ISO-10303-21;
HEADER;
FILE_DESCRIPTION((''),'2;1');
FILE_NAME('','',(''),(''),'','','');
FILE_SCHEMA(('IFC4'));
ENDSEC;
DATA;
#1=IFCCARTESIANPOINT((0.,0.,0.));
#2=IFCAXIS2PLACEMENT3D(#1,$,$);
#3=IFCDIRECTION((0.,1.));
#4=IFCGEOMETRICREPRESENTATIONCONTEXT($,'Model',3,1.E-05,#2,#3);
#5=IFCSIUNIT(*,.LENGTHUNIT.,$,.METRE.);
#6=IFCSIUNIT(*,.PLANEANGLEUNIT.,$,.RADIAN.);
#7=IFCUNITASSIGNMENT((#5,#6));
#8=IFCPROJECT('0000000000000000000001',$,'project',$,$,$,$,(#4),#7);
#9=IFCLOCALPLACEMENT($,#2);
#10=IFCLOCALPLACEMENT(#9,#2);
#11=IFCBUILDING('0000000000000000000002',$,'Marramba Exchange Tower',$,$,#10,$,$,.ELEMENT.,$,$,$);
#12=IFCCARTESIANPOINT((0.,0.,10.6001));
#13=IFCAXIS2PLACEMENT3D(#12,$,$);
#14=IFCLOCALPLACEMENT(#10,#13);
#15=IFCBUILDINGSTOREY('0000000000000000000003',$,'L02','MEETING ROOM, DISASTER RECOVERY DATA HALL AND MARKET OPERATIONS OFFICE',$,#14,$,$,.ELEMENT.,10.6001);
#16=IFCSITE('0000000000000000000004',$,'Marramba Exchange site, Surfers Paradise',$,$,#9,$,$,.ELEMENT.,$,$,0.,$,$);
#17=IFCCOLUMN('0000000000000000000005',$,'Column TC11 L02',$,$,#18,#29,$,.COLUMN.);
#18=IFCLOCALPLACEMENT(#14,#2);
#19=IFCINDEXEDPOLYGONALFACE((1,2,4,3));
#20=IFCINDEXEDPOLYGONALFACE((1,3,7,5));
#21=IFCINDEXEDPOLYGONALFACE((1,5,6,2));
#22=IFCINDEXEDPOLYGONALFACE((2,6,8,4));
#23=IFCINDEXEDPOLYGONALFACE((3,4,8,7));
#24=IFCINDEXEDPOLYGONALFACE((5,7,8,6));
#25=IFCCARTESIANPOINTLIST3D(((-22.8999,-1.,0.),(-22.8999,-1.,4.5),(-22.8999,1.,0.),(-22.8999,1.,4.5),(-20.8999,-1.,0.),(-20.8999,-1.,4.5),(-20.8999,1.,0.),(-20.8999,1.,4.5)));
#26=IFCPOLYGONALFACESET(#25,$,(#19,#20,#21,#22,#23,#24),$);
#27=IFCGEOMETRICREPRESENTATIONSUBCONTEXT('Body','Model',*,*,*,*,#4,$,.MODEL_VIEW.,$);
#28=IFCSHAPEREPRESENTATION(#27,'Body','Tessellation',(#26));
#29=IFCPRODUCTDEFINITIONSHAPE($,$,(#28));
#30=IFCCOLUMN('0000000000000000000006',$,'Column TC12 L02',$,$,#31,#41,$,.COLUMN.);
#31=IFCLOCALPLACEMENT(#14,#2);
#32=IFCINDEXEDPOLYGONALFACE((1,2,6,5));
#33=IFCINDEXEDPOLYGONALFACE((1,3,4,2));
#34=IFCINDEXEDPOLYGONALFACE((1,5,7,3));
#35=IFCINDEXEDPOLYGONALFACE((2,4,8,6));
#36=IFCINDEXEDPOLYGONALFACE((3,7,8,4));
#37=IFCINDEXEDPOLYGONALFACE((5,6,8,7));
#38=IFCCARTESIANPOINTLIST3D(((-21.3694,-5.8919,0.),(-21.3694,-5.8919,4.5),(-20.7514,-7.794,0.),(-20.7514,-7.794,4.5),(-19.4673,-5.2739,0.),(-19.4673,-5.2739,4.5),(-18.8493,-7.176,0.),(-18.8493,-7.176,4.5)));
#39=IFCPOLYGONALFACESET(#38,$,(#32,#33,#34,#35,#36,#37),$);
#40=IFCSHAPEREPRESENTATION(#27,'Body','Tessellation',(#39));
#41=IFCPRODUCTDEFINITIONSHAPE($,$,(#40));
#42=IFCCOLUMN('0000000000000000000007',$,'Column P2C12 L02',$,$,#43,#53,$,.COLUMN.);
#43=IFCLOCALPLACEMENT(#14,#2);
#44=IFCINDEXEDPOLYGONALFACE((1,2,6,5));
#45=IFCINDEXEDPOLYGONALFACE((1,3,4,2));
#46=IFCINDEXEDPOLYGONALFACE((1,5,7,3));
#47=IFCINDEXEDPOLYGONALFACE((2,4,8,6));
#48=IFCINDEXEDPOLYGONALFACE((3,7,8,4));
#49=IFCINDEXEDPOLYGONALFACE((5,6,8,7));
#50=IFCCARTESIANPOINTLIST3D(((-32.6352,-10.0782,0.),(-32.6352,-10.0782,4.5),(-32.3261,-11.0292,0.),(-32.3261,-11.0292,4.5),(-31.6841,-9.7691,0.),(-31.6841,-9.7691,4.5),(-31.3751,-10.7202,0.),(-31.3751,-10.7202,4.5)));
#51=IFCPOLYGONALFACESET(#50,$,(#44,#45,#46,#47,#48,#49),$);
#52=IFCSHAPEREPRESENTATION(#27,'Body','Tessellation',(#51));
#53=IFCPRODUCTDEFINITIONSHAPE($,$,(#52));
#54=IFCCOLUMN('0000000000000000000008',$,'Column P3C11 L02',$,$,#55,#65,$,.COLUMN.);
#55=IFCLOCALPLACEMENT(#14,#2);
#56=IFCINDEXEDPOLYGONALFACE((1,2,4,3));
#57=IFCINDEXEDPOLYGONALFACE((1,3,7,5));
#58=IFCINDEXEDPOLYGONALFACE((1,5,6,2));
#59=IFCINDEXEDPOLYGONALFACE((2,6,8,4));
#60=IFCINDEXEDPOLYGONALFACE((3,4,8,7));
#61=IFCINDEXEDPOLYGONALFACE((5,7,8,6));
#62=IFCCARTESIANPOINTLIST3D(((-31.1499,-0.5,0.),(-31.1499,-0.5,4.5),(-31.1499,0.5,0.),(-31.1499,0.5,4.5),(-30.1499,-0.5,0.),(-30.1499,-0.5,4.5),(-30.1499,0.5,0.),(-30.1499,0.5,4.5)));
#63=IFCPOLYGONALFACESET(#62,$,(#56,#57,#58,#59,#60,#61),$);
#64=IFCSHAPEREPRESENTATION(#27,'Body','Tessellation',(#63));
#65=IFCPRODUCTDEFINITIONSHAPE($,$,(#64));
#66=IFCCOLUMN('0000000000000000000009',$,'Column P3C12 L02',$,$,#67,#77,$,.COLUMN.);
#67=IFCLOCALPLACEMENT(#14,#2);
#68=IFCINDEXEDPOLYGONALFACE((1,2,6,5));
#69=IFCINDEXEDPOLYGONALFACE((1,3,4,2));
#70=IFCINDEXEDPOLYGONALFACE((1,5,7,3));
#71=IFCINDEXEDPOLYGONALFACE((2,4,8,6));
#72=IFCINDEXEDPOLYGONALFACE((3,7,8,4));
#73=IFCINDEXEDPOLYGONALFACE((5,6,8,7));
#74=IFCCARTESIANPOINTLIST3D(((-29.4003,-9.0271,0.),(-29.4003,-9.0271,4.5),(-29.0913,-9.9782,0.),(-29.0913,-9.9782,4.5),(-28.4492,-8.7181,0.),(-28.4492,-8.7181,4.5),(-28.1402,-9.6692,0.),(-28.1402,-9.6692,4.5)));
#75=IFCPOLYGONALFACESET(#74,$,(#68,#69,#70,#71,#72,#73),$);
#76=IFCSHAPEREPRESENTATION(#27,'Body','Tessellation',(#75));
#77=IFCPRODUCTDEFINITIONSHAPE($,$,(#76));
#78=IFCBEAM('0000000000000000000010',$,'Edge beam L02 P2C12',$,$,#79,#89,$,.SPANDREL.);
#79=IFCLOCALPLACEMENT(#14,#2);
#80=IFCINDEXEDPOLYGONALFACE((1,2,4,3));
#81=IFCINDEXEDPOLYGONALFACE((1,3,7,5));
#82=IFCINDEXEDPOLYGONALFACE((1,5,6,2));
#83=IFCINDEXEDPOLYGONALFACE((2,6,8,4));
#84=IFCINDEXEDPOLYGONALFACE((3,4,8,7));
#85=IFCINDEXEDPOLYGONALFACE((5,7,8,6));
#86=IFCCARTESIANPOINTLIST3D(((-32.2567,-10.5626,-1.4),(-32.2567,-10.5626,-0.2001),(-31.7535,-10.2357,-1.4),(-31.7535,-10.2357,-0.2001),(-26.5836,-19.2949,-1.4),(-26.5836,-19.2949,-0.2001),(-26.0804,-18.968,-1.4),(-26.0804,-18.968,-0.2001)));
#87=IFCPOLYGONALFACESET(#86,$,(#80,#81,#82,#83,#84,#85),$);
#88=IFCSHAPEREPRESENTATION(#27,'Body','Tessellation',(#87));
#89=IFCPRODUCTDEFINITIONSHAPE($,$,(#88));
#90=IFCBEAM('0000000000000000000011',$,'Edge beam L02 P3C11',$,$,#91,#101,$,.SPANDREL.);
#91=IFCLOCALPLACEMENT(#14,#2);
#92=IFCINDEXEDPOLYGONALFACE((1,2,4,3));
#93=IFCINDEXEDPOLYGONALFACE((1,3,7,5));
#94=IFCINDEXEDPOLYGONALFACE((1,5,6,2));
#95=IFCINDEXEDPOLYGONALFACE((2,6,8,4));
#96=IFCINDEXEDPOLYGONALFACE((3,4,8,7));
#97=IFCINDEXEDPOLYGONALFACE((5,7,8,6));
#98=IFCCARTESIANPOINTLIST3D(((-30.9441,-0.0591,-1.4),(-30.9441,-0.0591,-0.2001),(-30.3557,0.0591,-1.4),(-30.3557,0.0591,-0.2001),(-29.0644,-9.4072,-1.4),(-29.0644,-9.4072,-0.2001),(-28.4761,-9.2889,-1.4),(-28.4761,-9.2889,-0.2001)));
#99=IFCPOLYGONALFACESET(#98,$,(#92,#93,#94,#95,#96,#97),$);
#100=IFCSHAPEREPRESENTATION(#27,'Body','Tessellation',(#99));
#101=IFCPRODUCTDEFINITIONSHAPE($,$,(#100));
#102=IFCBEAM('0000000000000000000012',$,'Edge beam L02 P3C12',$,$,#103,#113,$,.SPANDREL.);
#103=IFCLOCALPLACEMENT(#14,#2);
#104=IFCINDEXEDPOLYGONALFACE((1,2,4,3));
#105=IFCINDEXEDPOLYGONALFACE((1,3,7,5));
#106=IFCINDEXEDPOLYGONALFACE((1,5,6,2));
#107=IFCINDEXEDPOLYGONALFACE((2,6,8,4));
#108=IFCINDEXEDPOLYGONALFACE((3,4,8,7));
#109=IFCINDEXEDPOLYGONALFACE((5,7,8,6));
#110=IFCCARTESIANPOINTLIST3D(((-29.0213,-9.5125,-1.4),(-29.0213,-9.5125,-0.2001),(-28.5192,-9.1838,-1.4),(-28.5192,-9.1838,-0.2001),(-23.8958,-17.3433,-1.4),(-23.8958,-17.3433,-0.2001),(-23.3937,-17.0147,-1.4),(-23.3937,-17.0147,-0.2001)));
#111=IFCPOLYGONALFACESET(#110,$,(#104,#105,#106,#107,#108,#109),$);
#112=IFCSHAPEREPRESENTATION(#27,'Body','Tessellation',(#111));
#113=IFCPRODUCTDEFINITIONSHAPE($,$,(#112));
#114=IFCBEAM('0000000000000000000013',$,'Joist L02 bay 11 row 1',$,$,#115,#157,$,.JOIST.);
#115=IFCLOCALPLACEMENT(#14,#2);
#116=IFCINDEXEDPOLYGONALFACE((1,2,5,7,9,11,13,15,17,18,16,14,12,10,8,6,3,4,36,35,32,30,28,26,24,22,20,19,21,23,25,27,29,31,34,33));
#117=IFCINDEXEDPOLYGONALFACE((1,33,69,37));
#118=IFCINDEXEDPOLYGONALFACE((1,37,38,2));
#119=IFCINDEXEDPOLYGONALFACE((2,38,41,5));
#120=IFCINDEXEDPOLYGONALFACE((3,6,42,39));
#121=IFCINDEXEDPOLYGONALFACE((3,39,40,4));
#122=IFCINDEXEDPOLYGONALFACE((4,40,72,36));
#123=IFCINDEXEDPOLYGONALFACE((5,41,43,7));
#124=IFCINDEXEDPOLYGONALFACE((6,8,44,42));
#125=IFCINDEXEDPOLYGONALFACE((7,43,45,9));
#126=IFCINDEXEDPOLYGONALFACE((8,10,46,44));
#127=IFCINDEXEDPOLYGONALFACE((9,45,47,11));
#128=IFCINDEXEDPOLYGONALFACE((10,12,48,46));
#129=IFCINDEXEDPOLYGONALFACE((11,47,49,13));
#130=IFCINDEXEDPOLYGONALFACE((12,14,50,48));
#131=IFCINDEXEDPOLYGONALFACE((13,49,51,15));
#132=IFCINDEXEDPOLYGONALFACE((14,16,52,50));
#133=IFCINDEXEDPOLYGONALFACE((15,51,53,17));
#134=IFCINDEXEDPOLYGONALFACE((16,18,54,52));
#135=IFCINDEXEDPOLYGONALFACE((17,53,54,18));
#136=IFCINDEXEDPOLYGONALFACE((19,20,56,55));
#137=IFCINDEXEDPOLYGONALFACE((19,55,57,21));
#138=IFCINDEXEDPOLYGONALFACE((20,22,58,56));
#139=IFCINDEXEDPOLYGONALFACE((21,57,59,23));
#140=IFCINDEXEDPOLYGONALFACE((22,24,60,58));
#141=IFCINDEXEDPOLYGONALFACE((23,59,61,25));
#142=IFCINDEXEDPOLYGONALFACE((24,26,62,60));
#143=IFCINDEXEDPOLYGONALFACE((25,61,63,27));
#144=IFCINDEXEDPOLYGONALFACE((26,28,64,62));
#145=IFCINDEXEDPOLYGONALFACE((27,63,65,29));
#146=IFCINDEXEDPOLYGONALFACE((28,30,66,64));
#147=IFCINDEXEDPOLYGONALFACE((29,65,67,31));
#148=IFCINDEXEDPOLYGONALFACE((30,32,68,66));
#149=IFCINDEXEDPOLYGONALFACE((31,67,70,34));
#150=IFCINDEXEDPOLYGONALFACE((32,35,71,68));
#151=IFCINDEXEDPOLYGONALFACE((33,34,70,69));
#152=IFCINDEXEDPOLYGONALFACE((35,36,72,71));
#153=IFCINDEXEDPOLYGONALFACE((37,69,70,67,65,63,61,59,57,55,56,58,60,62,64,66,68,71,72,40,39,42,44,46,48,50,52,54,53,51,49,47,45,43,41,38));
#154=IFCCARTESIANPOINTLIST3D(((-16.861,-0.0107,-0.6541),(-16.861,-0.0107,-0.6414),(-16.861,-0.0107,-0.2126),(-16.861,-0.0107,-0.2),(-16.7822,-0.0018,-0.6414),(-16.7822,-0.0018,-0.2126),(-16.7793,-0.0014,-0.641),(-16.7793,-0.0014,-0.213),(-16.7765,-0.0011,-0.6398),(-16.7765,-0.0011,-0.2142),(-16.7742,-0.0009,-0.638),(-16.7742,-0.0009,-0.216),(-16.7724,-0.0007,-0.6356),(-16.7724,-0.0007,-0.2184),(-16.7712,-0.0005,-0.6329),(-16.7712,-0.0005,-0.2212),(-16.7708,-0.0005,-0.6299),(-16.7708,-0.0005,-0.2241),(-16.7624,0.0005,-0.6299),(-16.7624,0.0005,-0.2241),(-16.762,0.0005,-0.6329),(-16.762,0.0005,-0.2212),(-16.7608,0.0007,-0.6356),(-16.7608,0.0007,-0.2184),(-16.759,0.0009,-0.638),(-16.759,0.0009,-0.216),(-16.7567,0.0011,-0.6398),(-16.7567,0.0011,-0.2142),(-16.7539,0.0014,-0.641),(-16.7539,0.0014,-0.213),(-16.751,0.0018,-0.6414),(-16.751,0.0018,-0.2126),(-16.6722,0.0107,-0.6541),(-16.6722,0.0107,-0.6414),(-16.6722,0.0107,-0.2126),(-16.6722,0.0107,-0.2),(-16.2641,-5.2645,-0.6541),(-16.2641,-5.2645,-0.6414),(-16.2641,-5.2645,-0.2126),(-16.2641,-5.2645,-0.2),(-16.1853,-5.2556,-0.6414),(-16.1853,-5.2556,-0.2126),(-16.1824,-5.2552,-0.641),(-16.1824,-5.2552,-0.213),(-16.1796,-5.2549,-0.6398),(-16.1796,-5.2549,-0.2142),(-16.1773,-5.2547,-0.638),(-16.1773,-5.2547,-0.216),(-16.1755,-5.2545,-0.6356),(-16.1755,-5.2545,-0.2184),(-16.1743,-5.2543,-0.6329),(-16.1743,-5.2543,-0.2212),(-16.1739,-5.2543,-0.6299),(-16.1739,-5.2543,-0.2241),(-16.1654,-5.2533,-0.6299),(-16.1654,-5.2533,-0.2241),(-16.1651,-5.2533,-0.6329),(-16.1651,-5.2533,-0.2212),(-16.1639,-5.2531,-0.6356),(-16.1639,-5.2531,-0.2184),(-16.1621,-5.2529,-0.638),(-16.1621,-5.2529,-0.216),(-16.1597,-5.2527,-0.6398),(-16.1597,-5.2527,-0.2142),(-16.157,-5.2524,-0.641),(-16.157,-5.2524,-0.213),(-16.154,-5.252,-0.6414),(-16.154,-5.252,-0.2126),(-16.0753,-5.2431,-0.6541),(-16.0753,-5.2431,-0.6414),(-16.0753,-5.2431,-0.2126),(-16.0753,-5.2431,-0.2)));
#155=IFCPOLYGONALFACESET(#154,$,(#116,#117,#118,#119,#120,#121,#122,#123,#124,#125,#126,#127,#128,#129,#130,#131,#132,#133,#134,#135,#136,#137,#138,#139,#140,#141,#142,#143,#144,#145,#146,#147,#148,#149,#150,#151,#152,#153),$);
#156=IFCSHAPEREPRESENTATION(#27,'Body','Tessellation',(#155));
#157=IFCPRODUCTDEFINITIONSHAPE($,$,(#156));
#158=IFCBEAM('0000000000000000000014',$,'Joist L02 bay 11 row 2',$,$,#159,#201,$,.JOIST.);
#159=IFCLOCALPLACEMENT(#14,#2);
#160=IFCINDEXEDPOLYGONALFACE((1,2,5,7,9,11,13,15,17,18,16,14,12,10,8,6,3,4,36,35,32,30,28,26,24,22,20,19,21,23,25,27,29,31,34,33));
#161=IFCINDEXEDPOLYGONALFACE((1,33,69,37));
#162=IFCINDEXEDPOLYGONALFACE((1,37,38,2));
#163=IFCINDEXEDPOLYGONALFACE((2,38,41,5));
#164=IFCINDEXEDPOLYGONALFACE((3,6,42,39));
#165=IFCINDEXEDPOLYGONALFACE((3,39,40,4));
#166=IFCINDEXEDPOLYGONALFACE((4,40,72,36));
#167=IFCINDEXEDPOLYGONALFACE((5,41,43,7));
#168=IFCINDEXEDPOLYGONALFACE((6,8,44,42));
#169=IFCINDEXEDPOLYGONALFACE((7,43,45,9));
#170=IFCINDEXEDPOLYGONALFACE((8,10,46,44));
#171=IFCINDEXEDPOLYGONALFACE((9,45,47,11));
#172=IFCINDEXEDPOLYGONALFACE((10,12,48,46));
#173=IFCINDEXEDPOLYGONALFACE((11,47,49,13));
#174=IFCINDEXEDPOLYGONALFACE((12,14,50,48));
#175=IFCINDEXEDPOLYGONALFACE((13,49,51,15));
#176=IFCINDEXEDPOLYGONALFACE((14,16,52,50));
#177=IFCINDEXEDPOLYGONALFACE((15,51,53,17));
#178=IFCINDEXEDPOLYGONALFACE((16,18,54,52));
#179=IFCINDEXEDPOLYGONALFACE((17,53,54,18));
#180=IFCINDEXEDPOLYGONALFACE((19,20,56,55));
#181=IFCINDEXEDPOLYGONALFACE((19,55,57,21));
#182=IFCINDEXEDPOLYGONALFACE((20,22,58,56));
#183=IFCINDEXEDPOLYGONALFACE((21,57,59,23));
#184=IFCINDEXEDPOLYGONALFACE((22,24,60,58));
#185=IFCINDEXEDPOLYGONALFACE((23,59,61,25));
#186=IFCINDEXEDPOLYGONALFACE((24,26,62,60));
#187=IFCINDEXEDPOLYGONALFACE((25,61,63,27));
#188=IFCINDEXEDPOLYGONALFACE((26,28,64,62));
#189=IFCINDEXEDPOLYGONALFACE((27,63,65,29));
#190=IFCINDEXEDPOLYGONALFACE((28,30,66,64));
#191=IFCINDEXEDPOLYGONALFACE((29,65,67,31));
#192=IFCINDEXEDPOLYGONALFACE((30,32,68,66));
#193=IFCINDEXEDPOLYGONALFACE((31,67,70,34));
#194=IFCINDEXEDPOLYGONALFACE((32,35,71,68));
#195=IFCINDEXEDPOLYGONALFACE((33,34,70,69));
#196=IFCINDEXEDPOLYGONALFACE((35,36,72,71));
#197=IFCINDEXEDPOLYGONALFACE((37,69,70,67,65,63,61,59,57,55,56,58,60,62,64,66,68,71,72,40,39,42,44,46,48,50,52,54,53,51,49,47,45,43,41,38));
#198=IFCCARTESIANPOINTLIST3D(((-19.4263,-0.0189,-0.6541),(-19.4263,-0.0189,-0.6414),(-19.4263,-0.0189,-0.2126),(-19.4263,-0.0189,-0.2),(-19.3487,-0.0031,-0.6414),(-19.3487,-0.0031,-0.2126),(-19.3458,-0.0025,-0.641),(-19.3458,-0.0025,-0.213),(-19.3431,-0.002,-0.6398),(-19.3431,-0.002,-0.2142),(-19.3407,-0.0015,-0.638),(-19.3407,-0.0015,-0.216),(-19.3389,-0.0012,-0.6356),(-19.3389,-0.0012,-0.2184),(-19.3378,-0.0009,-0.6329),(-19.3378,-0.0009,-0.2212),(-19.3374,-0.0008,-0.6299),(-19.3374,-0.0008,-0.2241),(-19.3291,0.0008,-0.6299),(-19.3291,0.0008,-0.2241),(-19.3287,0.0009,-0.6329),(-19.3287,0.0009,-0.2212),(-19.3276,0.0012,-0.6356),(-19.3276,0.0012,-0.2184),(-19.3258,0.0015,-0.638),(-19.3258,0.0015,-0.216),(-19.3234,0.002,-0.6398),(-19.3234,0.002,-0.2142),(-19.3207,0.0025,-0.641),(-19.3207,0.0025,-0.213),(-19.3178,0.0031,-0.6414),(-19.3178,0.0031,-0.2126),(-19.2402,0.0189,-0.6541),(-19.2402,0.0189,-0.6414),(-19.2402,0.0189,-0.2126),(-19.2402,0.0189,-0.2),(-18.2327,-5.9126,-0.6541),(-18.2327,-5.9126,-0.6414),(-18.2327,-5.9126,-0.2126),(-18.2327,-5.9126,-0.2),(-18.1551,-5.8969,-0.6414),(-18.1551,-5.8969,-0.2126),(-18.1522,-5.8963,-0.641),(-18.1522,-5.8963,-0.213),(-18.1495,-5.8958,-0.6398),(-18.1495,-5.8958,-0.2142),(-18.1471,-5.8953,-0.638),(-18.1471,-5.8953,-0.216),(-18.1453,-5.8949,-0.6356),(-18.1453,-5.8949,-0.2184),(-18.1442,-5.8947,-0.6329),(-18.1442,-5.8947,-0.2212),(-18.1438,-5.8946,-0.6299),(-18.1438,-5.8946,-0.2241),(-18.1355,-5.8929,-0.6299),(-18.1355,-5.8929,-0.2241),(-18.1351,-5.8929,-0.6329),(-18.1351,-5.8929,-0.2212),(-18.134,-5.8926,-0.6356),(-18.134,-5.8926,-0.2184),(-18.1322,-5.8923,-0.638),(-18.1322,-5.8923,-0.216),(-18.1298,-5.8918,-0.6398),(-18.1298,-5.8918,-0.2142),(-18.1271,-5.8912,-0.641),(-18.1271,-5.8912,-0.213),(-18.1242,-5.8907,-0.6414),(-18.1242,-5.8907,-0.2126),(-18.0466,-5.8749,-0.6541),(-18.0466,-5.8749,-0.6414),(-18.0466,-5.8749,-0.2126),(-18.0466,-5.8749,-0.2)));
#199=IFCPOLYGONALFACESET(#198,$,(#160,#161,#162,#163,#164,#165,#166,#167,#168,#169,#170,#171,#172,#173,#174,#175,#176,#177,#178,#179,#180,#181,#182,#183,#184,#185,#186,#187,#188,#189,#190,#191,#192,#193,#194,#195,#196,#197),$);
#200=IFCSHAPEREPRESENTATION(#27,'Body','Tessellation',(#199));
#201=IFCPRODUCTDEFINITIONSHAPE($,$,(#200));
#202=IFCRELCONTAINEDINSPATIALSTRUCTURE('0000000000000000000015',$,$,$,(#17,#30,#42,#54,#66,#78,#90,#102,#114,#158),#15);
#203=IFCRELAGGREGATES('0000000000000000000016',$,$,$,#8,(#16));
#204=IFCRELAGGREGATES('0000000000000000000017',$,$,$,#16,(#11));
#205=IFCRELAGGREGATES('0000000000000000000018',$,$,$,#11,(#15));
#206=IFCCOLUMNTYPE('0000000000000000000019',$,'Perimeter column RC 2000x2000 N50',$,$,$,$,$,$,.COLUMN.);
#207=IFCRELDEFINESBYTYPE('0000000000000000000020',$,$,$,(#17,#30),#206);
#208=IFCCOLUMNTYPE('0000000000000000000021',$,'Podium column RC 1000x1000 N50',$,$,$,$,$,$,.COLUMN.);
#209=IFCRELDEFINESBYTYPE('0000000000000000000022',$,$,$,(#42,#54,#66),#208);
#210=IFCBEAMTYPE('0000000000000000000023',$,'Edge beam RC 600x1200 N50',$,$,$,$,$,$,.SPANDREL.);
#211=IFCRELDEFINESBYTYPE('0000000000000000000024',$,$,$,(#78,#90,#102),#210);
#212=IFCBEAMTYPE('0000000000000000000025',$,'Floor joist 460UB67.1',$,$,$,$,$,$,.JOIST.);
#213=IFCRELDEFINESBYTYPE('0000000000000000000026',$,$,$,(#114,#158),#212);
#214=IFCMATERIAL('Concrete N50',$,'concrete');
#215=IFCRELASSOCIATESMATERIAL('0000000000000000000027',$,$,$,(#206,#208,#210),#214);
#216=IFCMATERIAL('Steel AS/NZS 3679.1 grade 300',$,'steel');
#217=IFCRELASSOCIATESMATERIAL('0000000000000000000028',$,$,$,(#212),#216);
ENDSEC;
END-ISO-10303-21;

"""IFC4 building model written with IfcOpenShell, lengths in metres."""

from ifc_helpers import new_model, si_unit, direction, frame, origin, origin_2d, place, context, subcontext, project, spatial, rectangle, i_section, extrude, material, material_profile, profile_set, type_object, element, save


model = new_model("IFC4")

# Units and contexts
model_context = context("Model", 3, precision=1e-05, world=origin(), true_north=direction((0.0, 1.0)))
body_context = subcontext(model_context, "Body", "Model", "MODEL_VIEW")
ifc_project = project(units=[si_unit("LENGTHUNIT", "METRE"), si_unit("PLANEANGLEUNIT", "RADIAN")], contexts=[model_context])

# Site, building, storey
site_placement = place(None, origin())
site = spatial("IfcSite", under=ifc_project, at=site_placement, Name="Marramba Exchange site, Surfers Paradise", CompositionType="ELEMENT", RefElevation=0.0)
building_placement = place(site_placement, origin())
building = spatial("IfcBuilding", under=site, at=building_placement, Name="Marramba Exchange Tower", CompositionType="ELEMENT")
storey_placement = place(building_placement, frame((0.0, 0.0, 10.6001)))
storey = spatial("IfcBuildingStorey", under=building, at=storey_placement, Name="L02", Description="MEETING ROOM, DISASTER RECOVERY DATA HALL AND MARKET OPERATIONS OFFICE", CompositionType="ELEMENT", Elevation=10.6001)

# Columns
ifc_material_1 = material(Name="Concrete N50", Category="concrete")
ifc_material_profile_1 = material_profile(ifc_material_1, rectangle(XDim=2.0, YDim=2.0, at=origin_2d()), Name="RC 2000x2000")
ifc_profile_set_1 = profile_set([ifc_material_profile_1], Name="Concrete N50")
column_type_1 = type_object("IfcColumnType", Name="Perimeter column RC 2000x2000 N50", PredefinedType="COLUMN", material=ifc_profile_set_1)
for number, where, z_axis, x_axis, name in (
    (1, (-21.8999, 0.0, 0.0), (0.0, 0.0, 1.0), (-1.0, 0.0, 0.0), "Column TC11 L02"),
    (2, (-20.1094, -6.5339, 0.0), (0.0, 0.0, 1.0), (-0.951057, -0.309017, 0.0), "Column TC12 L02"),
):
    element("IfcColumn", number, at=place(storey_placement, frame(where, z_axis=z_axis, x_axis=x_axis)), inside=storey, type_object=column_type_1, Name=name, PredefinedType="COLUMN", context=body_context, shape_type="SweptSolid", body=[
        extrude(rectangle(XDim=2.0, YDim=2.0, at=origin_2d()), origin(), (0.0, 0.0, 1.0), 4.5),
    ])
ifc_material_profile_2 = material_profile(ifc_material_1, rectangle(XDim=1.0, YDim=1.0, at=origin_2d()), Name="RC 1000x1000")
ifc_profile_set_2 = profile_set([ifc_material_profile_2], Name="Concrete N50")
column_type_2 = type_object("IfcColumnType", Name="Podium column RC 1000x1000 N50", PredefinedType="COLUMN", material=ifc_profile_set_2)
for number, where, z_axis, x_axis, name in (
    (3, (-32.0051, -10.3992, 0.0), (0.0, 0.0, 1.0), (-0.951057, -0.309017, 0.0), "Column P2C12 L02"),
    (4, (-30.6499, 0.0, 0.0), (0.0, 0.0, 1.0), (-1.0, 0.0, 0.0), "Column P3C11 L02"),
    (5, (-28.7703, -9.3481, 0.0), (0.0, 0.0, 1.0), (-0.951057, -0.309017, 0.0), "Column P3C12 L02"),
):
    element("IfcColumn", number, at=place(storey_placement, frame(where, z_axis=z_axis, x_axis=x_axis)), inside=storey, type_object=column_type_2, Name=name, PredefinedType="COLUMN", context=body_context, shape_type="SweptSolid", body=[
        extrude(rectangle(XDim=1.0, YDim=1.0, at=origin_2d()), origin(), (0.0, 0.0, 1.0), 4.5),
    ])

# Beams
ifc_material_profile_3 = material_profile(ifc_material_1, rectangle(XDim=0.6001, YDim=1.2, at=origin_2d()), Name="RC 600x1200")
ifc_profile_set_3 = profile_set([ifc_material_profile_3], Name="Concrete N50")
beam_type_1 = type_object("IfcBeamType", Name="Edge beam RC 600x1200 N50", PredefinedType="SPANDREL", material=ifc_profile_set_3)
beam_1_placement = place(storey_placement, frame((-32.0051, -10.3992, -0.8), z_axis=(0.544798, -0.838567, 0.0), x_axis=(0.838567, 0.544798, 0.0)))
element("IfcBeam", 6, at=beam_1_placement, inside=storey, type_object=beam_type_1, Name="Edge beam L02 P2C12", PredefinedType="SPANDREL", context=body_context, shape_type="SweptSolid", body=[
    extrude(rectangle(XDim=0.6001, YDim=1.2, at=origin_2d()), origin(), (0.0, 0.0, 1.0), 10.4133),
])
beam_2_placement = place(storey_placement, frame((-30.6499, 0.0, -0.8), z_axis=(0.197125, -0.980378, 0.0), x_axis=(0.980378, 0.197125, 0.0)))
element("IfcBeam", 7, at=beam_2_placement, inside=storey, type_object=beam_type_1, Name="Edge beam L02 P3C11", PredefinedType="SPANDREL", context=body_context, shape_type="SweptSolid", body=[
    extrude(rectangle(XDim=0.6001, YDim=1.2, at=origin_2d()), origin(), (0.0, 0.0, 1.0), 9.5352),
])
beam_3_placement = place(storey_placement, frame((-28.7703, -9.3481, -0.8), z_axis=(0.547649, -0.836708, 0.0), x_axis=(0.836708, 0.547649, 0.0)))
element("IfcBeam", 8, at=beam_3_placement, inside=storey, type_object=beam_type_1, Name="Edge beam L02 P3C12", PredefinedType="SPANDREL", context=body_context, shape_type="SweptSolid", body=[
    extrude(rectangle(XDim=0.6001, YDim=1.2, at=origin_2d()), origin(), (0.0, 0.0, 1.0), 9.3591),
])
ifc_material_2 = material(Name="Steel AS/NZS 3679.1 grade 300", Category="steel")
ifc_material_profile_4 = material_profile(ifc_material_2, i_section(OverallWidth=0.1899, OverallDepth=0.4541, WebThickness=0.0085, FlangeThickness=0.0127, FilletRadius=0.0115, at=origin_2d()), Name="460UB67.1")
ifc_profile_set_4 = profile_set([ifc_material_profile_4], Name="Steel AS/NZS 3679.1 grade 300")
beam_type_2 = type_object("IfcBeamType", Name="Floor joist 460UB67.1", PredefinedType="JOIST", material=ifc_profile_set_4)
beam_4_placement = place(storey_placement, frame((-16.7666, 0.0, -0.427), z_axis=(0.112889, -0.993608, 0.0), x_axis=(0.993608, 0.112889, 0.0)))
element("IfcBeam", 9, at=beam_4_placement, inside=storey, type_object=beam_type_2, Name="Joist L02 bay 11 row 1", PredefinedType="JOIST", context=body_context, shape_type="SweptSolid", body=[
    extrude(i_section(OverallWidth=0.1899, OverallDepth=0.4541, WebThickness=0.0085, FlangeThickness=0.0127, FilletRadius=0.0115, at=origin_2d()), origin(), (0.0, 0.0, 1.0), 5.2876),
])
beam_5_placement = place(storey_placement, frame((-19.3333, 0.0, -0.427), z_axis=(0.198489, -0.980103, 0.0), x_axis=(0.980103, 0.198489, 0.0)))
element("IfcBeam", 10, at=beam_5_placement, inside=storey, type_object=beam_type_2, Name="Joist L02 bay 11 row 2", PredefinedType="JOIST", context=body_context, shape_type="SweptSolid", body=[
    extrude(i_section(OverallWidth=0.1899, OverallDepth=0.4541, WebThickness=0.0085, FlangeThickness=0.0127, FilletRadius=0.0115, at=origin_2d()), origin(), (0.0, 0.0, 1.0), 6.0134),
])

save(model, "model.ifc")
